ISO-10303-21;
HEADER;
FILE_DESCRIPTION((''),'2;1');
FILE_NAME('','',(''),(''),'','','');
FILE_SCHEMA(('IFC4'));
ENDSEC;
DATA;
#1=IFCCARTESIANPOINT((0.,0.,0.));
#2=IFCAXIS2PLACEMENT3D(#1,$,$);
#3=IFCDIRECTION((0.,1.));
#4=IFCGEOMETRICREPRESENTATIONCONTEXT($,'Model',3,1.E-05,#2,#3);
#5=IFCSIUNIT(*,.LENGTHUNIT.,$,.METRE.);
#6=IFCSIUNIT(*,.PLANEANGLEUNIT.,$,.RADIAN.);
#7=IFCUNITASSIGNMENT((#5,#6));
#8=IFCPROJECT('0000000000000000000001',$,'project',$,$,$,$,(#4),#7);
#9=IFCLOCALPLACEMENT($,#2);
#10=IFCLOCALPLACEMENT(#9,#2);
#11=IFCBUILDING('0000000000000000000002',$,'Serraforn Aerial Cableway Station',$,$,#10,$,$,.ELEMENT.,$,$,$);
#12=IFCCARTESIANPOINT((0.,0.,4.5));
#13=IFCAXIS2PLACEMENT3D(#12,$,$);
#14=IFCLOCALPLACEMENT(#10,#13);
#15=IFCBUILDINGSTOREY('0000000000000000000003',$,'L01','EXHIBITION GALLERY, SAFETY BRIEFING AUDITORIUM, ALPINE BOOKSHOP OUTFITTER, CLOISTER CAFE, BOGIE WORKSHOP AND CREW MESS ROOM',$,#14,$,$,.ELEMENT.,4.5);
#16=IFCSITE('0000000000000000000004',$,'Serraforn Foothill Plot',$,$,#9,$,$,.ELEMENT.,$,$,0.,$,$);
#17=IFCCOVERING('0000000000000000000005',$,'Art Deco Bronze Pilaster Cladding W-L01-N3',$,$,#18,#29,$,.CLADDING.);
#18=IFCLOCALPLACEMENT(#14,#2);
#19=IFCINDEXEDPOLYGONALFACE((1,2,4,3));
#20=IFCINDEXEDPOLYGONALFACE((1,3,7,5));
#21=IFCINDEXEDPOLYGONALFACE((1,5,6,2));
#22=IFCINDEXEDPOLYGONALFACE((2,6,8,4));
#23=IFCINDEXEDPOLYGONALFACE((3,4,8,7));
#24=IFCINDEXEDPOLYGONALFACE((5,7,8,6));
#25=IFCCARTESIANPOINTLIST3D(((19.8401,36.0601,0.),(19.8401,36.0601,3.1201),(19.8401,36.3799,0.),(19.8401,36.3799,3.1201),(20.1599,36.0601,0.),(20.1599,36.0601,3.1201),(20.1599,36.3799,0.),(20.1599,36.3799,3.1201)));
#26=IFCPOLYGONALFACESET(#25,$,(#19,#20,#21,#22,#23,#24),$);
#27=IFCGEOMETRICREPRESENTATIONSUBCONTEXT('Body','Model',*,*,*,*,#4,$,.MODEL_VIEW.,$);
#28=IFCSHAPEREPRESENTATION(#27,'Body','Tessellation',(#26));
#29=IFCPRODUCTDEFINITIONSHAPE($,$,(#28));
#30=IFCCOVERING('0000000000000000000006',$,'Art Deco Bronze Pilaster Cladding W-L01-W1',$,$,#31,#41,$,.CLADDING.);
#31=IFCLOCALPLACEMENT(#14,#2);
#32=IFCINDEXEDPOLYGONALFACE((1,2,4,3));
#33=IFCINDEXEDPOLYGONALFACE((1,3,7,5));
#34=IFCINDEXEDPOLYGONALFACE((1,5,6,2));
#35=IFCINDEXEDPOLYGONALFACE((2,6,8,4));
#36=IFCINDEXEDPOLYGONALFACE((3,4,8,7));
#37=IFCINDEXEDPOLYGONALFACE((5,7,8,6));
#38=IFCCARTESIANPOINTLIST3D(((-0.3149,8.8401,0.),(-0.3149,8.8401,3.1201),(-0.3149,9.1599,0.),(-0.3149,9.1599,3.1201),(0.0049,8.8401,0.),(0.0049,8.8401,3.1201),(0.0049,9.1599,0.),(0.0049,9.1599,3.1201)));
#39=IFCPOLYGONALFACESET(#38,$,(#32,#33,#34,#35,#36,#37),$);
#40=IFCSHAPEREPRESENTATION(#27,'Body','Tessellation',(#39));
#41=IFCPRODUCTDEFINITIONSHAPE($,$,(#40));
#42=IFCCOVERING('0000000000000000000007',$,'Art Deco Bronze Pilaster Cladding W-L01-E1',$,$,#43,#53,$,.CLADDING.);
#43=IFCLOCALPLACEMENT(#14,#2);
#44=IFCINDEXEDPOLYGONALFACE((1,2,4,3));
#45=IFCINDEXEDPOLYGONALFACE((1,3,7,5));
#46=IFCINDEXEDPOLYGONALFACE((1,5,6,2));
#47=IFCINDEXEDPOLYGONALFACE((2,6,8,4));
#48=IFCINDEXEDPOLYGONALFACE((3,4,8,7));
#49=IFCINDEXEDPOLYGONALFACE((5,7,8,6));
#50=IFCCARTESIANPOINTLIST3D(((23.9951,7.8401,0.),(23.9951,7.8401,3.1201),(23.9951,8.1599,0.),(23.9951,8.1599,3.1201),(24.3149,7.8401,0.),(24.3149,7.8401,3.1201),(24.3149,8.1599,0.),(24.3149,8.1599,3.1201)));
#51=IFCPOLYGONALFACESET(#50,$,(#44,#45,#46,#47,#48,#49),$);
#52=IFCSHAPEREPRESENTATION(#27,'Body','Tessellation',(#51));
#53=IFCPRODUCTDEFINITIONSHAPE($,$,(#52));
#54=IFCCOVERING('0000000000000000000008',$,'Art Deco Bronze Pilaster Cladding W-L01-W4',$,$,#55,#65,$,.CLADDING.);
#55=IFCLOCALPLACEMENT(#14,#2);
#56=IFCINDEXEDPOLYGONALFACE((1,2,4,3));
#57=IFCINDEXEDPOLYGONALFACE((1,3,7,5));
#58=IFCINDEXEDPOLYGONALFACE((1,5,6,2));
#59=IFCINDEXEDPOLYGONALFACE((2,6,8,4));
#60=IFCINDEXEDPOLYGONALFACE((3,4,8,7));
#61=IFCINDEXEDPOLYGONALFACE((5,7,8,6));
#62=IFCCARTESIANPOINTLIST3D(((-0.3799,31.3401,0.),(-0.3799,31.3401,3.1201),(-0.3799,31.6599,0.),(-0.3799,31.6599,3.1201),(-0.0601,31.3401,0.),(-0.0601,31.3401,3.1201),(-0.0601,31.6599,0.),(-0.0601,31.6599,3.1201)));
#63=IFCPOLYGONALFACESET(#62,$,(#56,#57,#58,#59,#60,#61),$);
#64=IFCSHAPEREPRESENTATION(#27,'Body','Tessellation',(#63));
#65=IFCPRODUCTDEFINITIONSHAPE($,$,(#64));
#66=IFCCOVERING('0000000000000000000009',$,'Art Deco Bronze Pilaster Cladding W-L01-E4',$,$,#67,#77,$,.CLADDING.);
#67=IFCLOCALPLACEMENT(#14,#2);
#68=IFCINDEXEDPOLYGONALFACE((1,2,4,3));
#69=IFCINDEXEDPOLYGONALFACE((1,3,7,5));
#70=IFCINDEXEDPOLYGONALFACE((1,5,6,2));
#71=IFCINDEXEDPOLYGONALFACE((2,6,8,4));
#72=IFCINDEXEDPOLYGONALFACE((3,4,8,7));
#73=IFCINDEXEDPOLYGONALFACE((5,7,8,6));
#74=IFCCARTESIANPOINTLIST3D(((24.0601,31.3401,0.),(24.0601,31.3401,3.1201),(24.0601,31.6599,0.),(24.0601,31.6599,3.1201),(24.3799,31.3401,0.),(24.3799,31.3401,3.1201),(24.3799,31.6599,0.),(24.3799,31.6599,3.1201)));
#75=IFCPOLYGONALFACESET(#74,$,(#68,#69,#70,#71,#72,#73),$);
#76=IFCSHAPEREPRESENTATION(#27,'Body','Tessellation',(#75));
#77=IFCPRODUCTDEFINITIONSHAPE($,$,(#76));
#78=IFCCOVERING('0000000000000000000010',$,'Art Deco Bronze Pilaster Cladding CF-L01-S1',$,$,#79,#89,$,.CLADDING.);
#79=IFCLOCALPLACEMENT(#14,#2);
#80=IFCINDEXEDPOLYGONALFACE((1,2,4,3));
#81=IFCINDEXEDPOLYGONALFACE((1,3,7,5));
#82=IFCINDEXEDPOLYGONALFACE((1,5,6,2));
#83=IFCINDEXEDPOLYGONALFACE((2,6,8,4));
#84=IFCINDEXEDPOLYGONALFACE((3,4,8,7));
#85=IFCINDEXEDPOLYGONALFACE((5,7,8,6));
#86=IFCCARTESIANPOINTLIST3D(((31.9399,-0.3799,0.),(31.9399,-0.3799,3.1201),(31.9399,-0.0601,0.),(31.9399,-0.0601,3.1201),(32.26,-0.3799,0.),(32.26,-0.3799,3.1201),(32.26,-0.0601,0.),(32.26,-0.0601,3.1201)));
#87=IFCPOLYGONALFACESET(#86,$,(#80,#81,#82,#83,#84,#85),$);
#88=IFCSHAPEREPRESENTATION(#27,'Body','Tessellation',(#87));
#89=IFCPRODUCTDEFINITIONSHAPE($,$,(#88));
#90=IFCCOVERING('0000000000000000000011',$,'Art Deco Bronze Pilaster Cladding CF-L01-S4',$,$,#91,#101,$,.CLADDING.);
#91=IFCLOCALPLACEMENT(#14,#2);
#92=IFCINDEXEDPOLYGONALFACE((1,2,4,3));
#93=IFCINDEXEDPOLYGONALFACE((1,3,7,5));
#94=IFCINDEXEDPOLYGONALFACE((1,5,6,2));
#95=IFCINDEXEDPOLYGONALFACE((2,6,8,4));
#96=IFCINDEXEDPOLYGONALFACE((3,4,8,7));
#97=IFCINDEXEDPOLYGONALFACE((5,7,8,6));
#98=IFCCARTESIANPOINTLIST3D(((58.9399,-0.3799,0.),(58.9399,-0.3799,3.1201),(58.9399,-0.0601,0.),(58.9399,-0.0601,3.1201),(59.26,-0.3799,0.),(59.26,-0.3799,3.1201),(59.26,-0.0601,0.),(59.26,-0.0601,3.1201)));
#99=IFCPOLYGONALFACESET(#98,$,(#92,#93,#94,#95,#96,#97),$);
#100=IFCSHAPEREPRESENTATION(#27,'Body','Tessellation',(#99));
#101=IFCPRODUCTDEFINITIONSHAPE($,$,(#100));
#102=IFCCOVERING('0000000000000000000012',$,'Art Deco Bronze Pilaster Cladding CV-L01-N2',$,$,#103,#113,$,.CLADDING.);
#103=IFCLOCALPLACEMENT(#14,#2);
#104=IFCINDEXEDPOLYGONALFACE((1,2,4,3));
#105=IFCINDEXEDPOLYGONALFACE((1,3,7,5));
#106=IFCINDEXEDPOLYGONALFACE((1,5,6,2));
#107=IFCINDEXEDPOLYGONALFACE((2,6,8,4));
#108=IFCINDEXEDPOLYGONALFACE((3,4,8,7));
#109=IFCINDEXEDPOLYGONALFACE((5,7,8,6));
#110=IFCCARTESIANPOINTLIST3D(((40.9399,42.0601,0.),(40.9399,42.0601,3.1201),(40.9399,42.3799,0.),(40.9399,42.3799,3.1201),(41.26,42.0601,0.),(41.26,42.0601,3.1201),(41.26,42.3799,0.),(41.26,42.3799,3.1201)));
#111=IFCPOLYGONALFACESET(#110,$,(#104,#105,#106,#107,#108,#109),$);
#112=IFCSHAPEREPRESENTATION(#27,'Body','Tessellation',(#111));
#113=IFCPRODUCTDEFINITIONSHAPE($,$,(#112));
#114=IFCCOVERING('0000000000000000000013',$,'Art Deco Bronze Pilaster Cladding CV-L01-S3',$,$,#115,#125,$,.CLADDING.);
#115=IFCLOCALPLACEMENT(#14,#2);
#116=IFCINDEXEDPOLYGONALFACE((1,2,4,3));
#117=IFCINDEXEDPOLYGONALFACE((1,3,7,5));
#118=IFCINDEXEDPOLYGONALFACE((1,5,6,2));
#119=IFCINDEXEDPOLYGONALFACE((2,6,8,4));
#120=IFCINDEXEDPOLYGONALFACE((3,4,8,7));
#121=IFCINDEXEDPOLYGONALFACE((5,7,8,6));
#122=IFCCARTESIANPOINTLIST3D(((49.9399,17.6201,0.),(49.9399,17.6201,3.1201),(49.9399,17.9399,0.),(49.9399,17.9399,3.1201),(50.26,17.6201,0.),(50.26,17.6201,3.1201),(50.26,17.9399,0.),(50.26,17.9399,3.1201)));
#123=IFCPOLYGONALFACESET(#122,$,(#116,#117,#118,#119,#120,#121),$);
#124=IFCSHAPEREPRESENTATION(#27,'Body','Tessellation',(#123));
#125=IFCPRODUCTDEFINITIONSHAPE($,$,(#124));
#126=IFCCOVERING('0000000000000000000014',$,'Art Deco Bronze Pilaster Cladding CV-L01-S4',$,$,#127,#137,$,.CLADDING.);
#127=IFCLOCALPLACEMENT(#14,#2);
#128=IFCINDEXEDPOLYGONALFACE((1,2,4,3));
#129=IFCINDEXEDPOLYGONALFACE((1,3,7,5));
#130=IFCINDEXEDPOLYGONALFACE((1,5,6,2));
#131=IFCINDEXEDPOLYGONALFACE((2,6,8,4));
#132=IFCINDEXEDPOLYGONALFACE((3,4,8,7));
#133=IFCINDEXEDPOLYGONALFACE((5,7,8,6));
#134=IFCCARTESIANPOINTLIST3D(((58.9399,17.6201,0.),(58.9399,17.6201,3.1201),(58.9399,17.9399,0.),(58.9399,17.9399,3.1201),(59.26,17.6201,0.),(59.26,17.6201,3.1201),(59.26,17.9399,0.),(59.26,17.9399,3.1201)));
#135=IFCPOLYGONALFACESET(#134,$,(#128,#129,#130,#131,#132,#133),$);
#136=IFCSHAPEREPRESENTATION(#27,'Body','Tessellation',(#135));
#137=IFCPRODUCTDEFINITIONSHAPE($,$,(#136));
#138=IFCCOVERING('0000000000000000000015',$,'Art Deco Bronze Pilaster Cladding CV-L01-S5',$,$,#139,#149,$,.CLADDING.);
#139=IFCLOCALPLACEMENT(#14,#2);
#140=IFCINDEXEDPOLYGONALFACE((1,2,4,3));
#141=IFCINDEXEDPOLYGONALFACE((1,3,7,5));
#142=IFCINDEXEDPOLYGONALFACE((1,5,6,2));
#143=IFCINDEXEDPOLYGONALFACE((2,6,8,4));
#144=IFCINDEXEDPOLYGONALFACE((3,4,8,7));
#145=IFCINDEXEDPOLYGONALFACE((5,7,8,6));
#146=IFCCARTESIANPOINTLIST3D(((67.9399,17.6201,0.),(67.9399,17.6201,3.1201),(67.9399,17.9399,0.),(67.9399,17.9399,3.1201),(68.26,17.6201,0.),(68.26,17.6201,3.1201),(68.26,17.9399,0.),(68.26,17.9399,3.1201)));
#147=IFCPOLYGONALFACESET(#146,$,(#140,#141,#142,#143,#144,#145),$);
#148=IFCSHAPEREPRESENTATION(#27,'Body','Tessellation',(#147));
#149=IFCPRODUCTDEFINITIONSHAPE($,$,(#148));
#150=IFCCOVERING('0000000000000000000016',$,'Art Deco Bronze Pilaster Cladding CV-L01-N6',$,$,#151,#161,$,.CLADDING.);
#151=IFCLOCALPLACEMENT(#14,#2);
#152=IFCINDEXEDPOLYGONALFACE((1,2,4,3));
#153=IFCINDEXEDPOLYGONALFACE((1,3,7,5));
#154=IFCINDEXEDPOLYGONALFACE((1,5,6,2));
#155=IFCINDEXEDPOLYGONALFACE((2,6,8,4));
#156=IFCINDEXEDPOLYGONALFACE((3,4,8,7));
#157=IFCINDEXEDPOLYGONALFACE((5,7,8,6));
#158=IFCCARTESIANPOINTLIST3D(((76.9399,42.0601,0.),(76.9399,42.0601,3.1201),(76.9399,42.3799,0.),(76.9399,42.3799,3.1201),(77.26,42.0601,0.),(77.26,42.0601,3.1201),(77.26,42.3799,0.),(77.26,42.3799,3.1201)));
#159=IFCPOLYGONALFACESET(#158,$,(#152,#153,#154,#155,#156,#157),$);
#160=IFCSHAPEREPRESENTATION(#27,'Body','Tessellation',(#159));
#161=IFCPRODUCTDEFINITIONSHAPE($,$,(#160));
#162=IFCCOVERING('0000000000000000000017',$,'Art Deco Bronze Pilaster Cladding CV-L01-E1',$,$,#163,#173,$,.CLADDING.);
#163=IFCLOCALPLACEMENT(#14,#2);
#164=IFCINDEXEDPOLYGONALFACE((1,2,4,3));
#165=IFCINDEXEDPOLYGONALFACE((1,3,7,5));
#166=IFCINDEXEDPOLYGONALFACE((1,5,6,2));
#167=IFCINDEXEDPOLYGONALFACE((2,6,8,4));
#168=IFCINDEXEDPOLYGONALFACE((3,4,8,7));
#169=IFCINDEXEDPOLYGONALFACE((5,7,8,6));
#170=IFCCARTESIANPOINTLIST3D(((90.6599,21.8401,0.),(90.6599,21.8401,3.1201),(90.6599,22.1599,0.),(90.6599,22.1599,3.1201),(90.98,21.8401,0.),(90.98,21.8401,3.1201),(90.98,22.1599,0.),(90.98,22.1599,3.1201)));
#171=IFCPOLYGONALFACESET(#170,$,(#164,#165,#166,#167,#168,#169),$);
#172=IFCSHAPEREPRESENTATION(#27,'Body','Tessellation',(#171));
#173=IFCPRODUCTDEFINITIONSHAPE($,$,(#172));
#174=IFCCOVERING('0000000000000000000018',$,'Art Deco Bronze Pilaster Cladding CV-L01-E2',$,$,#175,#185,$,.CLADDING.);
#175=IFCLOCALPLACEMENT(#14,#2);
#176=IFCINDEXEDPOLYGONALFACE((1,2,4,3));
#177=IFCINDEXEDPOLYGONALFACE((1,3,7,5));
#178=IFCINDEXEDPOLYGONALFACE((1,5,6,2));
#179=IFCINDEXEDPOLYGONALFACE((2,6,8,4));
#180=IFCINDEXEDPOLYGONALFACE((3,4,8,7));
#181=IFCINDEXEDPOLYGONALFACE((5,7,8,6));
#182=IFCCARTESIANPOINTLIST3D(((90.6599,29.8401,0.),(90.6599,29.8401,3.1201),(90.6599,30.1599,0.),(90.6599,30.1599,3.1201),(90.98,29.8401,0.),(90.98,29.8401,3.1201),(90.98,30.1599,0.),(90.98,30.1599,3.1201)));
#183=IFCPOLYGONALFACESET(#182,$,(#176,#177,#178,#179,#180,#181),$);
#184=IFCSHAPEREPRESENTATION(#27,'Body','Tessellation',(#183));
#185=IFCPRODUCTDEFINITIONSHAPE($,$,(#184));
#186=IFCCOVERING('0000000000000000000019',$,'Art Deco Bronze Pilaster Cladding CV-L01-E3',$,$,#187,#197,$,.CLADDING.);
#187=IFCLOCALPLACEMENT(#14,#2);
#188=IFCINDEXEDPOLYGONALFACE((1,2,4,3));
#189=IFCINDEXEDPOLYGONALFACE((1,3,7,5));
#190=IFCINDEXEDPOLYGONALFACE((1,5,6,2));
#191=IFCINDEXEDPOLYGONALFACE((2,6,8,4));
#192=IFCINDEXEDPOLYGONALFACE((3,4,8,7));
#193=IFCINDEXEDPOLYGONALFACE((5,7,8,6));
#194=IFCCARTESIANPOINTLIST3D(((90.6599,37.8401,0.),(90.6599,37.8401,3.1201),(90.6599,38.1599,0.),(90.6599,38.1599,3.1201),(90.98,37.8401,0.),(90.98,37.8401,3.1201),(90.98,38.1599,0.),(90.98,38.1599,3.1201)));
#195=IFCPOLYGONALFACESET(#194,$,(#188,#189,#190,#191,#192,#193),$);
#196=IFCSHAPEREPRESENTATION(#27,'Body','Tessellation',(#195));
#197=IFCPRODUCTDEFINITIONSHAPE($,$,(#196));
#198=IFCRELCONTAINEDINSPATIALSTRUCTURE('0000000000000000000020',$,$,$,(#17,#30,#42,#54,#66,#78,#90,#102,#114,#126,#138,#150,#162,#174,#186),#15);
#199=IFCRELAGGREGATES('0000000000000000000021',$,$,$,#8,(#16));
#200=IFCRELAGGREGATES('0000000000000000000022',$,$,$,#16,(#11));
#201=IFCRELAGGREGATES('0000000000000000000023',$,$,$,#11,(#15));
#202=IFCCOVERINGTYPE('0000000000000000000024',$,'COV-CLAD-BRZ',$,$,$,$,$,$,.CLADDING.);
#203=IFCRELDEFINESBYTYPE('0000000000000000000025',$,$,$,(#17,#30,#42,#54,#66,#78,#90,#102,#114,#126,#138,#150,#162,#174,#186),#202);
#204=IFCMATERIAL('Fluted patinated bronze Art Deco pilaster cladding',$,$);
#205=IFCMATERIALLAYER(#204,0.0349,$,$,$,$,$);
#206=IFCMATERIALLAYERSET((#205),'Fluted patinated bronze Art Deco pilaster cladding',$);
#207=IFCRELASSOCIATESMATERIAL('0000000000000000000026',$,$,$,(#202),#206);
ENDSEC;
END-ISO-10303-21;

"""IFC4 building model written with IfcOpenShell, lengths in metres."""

from ifc_helpers import new_model, si_unit, direction, frame, origin, place, context, subcontext, project, spatial, polyline, outline, extrude, material, layer, layer_set, type_object, element, save


model = new_model("IFC4")

# Units and contexts
model_context = context("Model", 3, precision=1e-05, world=origin(), true_north=direction((0.0, 1.0)))
body_context = subcontext(model_context, "Body", "Model", "MODEL_VIEW")
ifc_project = project(units=[si_unit("LENGTHUNIT", "METRE"), si_unit("PLANEANGLEUNIT", "RADIAN")], contexts=[model_context])

# Site, building, storey
site_placement = place(None, origin())
site = spatial("IfcSite", under=ifc_project, at=site_placement, Name="Serraforn Foothill Plot", CompositionType="ELEMENT", RefElevation=0.0)
building_placement = place(site_placement, origin())
building = spatial("IfcBuilding", under=site, at=building_placement, Name="Serraforn Aerial Cableway Station", CompositionType="ELEMENT")
storey_placement = place(building_placement, frame((0.0, 0.0, 4.5)))
storey = spatial("IfcBuildingStorey", under=building, at=storey_placement, Name="L01", Description="EXHIBITION GALLERY, SAFETY BRIEFING AUDITORIUM, ALPINE BOOKSHOP OUTFITTER, CLOISTER CAFE, BOGIE WORKSHOP AND CREW MESS ROOM", CompositionType="ELEMENT", Elevation=4.5)

# Coverings
ifc_material_1 = material(Name="Fluted patinated bronze Art Deco pilaster cladding")
ifc_layer_1 = layer(ifc_material_1, 0.0349)
ifc_layer_set_1 = layer_set([ifc_layer_1], Name="Fluted patinated bronze Art Deco pilaster cladding")
covering_type = type_object("IfcCoveringType", Name="COV-CLAD-BRZ", PredefinedType="CLADDING", material=ifc_layer_set_1)
covering_1_placement = place(storey_placement, origin())
element("IfcCovering", 1, at=covering_1_placement, inside=storey, type_object=covering_type, Name="Art Deco Bronze Pilaster Cladding W-L01-N3", PredefinedType="CLADDING", context=body_context, shape_type="SweptSolid", body=[
    extrude(outline(polyline([(19.8401, 36.0601), (20.1599, 36.0601), (20.1599, 36.3799), (19.8401, 36.3799), (19.8401, 36.0601)])), origin(), (0.0, 0.0, 1.0), 3.1201),
])
covering_2_placement = place(storey_placement, origin())
element("IfcCovering", 2, at=covering_2_placement, inside=storey, type_object=covering_type, Name="Art Deco Bronze Pilaster Cladding W-L01-W1", PredefinedType="CLADDING", context=body_context, shape_type="SweptSolid", body=[
    extrude(outline(polyline([(-0.3149, 8.8401), (0.0049, 8.8401), (0.0049, 9.1599), (-0.3149, 9.1599), (-0.3149, 8.8401)])), origin(), (0.0, 0.0, 1.0), 3.1201),
])
covering_3_placement = place(storey_placement, origin())
element("IfcCovering", 3, at=covering_3_placement, inside=storey, type_object=covering_type, Name="Art Deco Bronze Pilaster Cladding W-L01-E1", PredefinedType="CLADDING", context=body_context, shape_type="SweptSolid", body=[
    extrude(outline(polyline([(23.9951, 7.8401), (24.3149, 7.8401), (24.3149, 8.1599), (23.9951, 8.1599), (23.9951, 7.8401)])), origin(), (0.0, 0.0, 1.0), 3.1201),
])
covering_4_placement = place(storey_placement, origin())
element("IfcCovering", 4, at=covering_4_placement, inside=storey, type_object=covering_type, Name="Art Deco Bronze Pilaster Cladding W-L01-W4", PredefinedType="CLADDING", context=body_context, shape_type="SweptSolid", body=[
    extrude(outline(polyline([(-0.3799, 31.3401), (-0.0601, 31.3401), (-0.0601, 31.6599), (-0.3799, 31.6599), (-0.3799, 31.3401)])), origin(), (0.0, 0.0, 1.0), 3.1201),
])
covering_5_placement = place(storey_placement, origin())
element("IfcCovering", 5, at=covering_5_placement, inside=storey, type_object=covering_type, Name="Art Deco Bronze Pilaster Cladding W-L01-E4", PredefinedType="CLADDING", context=body_context, shape_type="SweptSolid", body=[
    extrude(outline(polyline([(24.0601, 31.3401), (24.3799, 31.3401), (24.3799, 31.6599), (24.0601, 31.6599), (24.0601, 31.3401)])), origin(), (0.0, 0.0, 1.0), 3.1201),
])
covering_6_placement = place(storey_placement, origin())
element("IfcCovering", 6, at=covering_6_placement, inside=storey, type_object=covering_type, Name="Art Deco Bronze Pilaster Cladding CF-L01-S1", PredefinedType="CLADDING", context=body_context, shape_type="SweptSolid", body=[
    extrude(outline(polyline([(31.9399, -0.3799), (32.26, -0.3799), (32.26, -0.0601), (31.9399, -0.0601), (31.9399, -0.3799)])), origin(), (0.0, 0.0, 1.0), 3.1201),
])
covering_7_placement = place(storey_placement, origin())
element("IfcCovering", 7, at=covering_7_placement, inside=storey, type_object=covering_type, Name="Art Deco Bronze Pilaster Cladding CF-L01-S4", PredefinedType="CLADDING", context=body_context, shape_type="SweptSolid", body=[
    extrude(outline(polyline([(58.9399, -0.3799), (59.26, -0.3799), (59.26, -0.0601), (58.9399, -0.0601), (58.9399, -0.3799)])), origin(), (0.0, 0.0, 1.0), 3.1201),
])
covering_8_placement = place(storey_placement, origin())
element("IfcCovering", 8, at=covering_8_placement, inside=storey, type_object=covering_type, Name="Art Deco Bronze Pilaster Cladding CV-L01-N2", PredefinedType="CLADDING", context=body_context, shape_type="SweptSolid", body=[
    extrude(outline(polyline([(40.9399, 42.0601), (41.26, 42.0601), (41.26, 42.3799), (40.9399, 42.3799), (40.9399, 42.0601)])), origin(), (0.0, 0.0, 1.0), 3.1201),
])
covering_9_placement = place(storey_placement, origin())
element("IfcCovering", 9, at=covering_9_placement, inside=storey, type_object=covering_type, Name="Art Deco Bronze Pilaster Cladding CV-L01-S3", PredefinedType="CLADDING", context=body_context, shape_type="SweptSolid", body=[
    extrude(outline(polyline([(49.9399, 17.6201), (50.26, 17.6201), (50.26, 17.9399), (49.9399, 17.9399), (49.9399, 17.6201)])), origin(), (0.0, 0.0, 1.0), 3.1201),
])
covering_10_placement = place(storey_placement, origin())
element("IfcCovering", 10, at=covering_10_placement, inside=storey, type_object=covering_type, Name="Art Deco Bronze Pilaster Cladding CV-L01-S4", PredefinedType="CLADDING", context=body_context, shape_type="SweptSolid", body=[
    extrude(outline(polyline([(58.9399, 17.6201), (59.26, 17.6201), (59.26, 17.9399), (58.9399, 17.9399), (58.9399, 17.6201)])), origin(), (0.0, 0.0, 1.0), 3.1201),
])
covering_11_placement = place(storey_placement, origin())
element("IfcCovering", 11, at=covering_11_placement, inside=storey, type_object=covering_type, Name="Art Deco Bronze Pilaster Cladding CV-L01-S5", PredefinedType="CLADDING", context=body_context, shape_type="SweptSolid", body=[
    extrude(outline(polyline([(67.9399, 17.6201), (68.26, 17.6201), (68.26, 17.9399), (67.9399, 17.9399), (67.9399, 17.6201)])), origin(), (0.0, 0.0, 1.0), 3.1201),
])
covering_12_placement = place(storey_placement, origin())
element("IfcCovering", 12, at=covering_12_placement, inside=storey, type_object=covering_type, Name="Art Deco Bronze Pilaster Cladding CV-L01-N6", PredefinedType="CLADDING", context=body_context, shape_type="SweptSolid", body=[
    extrude(outline(polyline([(76.9399, 42.0601), (77.26, 42.0601), (77.26, 42.3799), (76.9399, 42.3799), (76.9399, 42.0601)])), origin(), (0.0, 0.0, 1.0), 3.1201),
])
covering_13_placement = place(storey_placement, origin())
element("IfcCovering", 13, at=covering_13_placement, inside=storey, type_object=covering_type, Name="Art Deco Bronze Pilaster Cladding CV-L01-E1", PredefinedType="CLADDING", context=body_context, shape_type="SweptSolid", body=[
    extrude(outline(polyline([(90.6599, 21.8401), (90.98, 21.8401), (90.98, 22.1599), (90.6599, 22.1599), (90.6599, 21.8401)])), origin(), (0.0, 0.0, 1.0), 3.1201),
])
covering_14_placement = place(storey_placement, origin())
element("IfcCovering", 14, at=covering_14_placement, inside=storey, type_object=covering_type, Name="Art Deco Bronze Pilaster Cladding CV-L01-E2", PredefinedType="CLADDING", context=body_context, shape_type="SweptSolid", body=[
    extrude(outline(polyline([(90.6599, 29.8401), (90.98, 29.8401), (90.98, 30.1599), (90.6599, 30.1599), (90.6599, 29.8401)])), origin(), (0.0, 0.0, 1.0), 3.1201),
])
covering_15_placement = place(storey_placement, origin())
element("IfcCovering", 15, at=covering_15_placement, inside=storey, type_object=covering_type, Name="Art Deco Bronze Pilaster Cladding CV-L01-E3", PredefinedType="CLADDING", context=body_context, shape_type="SweptSolid", body=[
    extrude(outline(polyline([(90.6599, 37.8401), (90.98, 37.8401), (90.98, 38.1599), (90.6599, 38.1599), (90.6599, 37.8401)])), origin(), (0.0, 0.0, 1.0), 3.1201),
])

save(model, "model.ifc")
